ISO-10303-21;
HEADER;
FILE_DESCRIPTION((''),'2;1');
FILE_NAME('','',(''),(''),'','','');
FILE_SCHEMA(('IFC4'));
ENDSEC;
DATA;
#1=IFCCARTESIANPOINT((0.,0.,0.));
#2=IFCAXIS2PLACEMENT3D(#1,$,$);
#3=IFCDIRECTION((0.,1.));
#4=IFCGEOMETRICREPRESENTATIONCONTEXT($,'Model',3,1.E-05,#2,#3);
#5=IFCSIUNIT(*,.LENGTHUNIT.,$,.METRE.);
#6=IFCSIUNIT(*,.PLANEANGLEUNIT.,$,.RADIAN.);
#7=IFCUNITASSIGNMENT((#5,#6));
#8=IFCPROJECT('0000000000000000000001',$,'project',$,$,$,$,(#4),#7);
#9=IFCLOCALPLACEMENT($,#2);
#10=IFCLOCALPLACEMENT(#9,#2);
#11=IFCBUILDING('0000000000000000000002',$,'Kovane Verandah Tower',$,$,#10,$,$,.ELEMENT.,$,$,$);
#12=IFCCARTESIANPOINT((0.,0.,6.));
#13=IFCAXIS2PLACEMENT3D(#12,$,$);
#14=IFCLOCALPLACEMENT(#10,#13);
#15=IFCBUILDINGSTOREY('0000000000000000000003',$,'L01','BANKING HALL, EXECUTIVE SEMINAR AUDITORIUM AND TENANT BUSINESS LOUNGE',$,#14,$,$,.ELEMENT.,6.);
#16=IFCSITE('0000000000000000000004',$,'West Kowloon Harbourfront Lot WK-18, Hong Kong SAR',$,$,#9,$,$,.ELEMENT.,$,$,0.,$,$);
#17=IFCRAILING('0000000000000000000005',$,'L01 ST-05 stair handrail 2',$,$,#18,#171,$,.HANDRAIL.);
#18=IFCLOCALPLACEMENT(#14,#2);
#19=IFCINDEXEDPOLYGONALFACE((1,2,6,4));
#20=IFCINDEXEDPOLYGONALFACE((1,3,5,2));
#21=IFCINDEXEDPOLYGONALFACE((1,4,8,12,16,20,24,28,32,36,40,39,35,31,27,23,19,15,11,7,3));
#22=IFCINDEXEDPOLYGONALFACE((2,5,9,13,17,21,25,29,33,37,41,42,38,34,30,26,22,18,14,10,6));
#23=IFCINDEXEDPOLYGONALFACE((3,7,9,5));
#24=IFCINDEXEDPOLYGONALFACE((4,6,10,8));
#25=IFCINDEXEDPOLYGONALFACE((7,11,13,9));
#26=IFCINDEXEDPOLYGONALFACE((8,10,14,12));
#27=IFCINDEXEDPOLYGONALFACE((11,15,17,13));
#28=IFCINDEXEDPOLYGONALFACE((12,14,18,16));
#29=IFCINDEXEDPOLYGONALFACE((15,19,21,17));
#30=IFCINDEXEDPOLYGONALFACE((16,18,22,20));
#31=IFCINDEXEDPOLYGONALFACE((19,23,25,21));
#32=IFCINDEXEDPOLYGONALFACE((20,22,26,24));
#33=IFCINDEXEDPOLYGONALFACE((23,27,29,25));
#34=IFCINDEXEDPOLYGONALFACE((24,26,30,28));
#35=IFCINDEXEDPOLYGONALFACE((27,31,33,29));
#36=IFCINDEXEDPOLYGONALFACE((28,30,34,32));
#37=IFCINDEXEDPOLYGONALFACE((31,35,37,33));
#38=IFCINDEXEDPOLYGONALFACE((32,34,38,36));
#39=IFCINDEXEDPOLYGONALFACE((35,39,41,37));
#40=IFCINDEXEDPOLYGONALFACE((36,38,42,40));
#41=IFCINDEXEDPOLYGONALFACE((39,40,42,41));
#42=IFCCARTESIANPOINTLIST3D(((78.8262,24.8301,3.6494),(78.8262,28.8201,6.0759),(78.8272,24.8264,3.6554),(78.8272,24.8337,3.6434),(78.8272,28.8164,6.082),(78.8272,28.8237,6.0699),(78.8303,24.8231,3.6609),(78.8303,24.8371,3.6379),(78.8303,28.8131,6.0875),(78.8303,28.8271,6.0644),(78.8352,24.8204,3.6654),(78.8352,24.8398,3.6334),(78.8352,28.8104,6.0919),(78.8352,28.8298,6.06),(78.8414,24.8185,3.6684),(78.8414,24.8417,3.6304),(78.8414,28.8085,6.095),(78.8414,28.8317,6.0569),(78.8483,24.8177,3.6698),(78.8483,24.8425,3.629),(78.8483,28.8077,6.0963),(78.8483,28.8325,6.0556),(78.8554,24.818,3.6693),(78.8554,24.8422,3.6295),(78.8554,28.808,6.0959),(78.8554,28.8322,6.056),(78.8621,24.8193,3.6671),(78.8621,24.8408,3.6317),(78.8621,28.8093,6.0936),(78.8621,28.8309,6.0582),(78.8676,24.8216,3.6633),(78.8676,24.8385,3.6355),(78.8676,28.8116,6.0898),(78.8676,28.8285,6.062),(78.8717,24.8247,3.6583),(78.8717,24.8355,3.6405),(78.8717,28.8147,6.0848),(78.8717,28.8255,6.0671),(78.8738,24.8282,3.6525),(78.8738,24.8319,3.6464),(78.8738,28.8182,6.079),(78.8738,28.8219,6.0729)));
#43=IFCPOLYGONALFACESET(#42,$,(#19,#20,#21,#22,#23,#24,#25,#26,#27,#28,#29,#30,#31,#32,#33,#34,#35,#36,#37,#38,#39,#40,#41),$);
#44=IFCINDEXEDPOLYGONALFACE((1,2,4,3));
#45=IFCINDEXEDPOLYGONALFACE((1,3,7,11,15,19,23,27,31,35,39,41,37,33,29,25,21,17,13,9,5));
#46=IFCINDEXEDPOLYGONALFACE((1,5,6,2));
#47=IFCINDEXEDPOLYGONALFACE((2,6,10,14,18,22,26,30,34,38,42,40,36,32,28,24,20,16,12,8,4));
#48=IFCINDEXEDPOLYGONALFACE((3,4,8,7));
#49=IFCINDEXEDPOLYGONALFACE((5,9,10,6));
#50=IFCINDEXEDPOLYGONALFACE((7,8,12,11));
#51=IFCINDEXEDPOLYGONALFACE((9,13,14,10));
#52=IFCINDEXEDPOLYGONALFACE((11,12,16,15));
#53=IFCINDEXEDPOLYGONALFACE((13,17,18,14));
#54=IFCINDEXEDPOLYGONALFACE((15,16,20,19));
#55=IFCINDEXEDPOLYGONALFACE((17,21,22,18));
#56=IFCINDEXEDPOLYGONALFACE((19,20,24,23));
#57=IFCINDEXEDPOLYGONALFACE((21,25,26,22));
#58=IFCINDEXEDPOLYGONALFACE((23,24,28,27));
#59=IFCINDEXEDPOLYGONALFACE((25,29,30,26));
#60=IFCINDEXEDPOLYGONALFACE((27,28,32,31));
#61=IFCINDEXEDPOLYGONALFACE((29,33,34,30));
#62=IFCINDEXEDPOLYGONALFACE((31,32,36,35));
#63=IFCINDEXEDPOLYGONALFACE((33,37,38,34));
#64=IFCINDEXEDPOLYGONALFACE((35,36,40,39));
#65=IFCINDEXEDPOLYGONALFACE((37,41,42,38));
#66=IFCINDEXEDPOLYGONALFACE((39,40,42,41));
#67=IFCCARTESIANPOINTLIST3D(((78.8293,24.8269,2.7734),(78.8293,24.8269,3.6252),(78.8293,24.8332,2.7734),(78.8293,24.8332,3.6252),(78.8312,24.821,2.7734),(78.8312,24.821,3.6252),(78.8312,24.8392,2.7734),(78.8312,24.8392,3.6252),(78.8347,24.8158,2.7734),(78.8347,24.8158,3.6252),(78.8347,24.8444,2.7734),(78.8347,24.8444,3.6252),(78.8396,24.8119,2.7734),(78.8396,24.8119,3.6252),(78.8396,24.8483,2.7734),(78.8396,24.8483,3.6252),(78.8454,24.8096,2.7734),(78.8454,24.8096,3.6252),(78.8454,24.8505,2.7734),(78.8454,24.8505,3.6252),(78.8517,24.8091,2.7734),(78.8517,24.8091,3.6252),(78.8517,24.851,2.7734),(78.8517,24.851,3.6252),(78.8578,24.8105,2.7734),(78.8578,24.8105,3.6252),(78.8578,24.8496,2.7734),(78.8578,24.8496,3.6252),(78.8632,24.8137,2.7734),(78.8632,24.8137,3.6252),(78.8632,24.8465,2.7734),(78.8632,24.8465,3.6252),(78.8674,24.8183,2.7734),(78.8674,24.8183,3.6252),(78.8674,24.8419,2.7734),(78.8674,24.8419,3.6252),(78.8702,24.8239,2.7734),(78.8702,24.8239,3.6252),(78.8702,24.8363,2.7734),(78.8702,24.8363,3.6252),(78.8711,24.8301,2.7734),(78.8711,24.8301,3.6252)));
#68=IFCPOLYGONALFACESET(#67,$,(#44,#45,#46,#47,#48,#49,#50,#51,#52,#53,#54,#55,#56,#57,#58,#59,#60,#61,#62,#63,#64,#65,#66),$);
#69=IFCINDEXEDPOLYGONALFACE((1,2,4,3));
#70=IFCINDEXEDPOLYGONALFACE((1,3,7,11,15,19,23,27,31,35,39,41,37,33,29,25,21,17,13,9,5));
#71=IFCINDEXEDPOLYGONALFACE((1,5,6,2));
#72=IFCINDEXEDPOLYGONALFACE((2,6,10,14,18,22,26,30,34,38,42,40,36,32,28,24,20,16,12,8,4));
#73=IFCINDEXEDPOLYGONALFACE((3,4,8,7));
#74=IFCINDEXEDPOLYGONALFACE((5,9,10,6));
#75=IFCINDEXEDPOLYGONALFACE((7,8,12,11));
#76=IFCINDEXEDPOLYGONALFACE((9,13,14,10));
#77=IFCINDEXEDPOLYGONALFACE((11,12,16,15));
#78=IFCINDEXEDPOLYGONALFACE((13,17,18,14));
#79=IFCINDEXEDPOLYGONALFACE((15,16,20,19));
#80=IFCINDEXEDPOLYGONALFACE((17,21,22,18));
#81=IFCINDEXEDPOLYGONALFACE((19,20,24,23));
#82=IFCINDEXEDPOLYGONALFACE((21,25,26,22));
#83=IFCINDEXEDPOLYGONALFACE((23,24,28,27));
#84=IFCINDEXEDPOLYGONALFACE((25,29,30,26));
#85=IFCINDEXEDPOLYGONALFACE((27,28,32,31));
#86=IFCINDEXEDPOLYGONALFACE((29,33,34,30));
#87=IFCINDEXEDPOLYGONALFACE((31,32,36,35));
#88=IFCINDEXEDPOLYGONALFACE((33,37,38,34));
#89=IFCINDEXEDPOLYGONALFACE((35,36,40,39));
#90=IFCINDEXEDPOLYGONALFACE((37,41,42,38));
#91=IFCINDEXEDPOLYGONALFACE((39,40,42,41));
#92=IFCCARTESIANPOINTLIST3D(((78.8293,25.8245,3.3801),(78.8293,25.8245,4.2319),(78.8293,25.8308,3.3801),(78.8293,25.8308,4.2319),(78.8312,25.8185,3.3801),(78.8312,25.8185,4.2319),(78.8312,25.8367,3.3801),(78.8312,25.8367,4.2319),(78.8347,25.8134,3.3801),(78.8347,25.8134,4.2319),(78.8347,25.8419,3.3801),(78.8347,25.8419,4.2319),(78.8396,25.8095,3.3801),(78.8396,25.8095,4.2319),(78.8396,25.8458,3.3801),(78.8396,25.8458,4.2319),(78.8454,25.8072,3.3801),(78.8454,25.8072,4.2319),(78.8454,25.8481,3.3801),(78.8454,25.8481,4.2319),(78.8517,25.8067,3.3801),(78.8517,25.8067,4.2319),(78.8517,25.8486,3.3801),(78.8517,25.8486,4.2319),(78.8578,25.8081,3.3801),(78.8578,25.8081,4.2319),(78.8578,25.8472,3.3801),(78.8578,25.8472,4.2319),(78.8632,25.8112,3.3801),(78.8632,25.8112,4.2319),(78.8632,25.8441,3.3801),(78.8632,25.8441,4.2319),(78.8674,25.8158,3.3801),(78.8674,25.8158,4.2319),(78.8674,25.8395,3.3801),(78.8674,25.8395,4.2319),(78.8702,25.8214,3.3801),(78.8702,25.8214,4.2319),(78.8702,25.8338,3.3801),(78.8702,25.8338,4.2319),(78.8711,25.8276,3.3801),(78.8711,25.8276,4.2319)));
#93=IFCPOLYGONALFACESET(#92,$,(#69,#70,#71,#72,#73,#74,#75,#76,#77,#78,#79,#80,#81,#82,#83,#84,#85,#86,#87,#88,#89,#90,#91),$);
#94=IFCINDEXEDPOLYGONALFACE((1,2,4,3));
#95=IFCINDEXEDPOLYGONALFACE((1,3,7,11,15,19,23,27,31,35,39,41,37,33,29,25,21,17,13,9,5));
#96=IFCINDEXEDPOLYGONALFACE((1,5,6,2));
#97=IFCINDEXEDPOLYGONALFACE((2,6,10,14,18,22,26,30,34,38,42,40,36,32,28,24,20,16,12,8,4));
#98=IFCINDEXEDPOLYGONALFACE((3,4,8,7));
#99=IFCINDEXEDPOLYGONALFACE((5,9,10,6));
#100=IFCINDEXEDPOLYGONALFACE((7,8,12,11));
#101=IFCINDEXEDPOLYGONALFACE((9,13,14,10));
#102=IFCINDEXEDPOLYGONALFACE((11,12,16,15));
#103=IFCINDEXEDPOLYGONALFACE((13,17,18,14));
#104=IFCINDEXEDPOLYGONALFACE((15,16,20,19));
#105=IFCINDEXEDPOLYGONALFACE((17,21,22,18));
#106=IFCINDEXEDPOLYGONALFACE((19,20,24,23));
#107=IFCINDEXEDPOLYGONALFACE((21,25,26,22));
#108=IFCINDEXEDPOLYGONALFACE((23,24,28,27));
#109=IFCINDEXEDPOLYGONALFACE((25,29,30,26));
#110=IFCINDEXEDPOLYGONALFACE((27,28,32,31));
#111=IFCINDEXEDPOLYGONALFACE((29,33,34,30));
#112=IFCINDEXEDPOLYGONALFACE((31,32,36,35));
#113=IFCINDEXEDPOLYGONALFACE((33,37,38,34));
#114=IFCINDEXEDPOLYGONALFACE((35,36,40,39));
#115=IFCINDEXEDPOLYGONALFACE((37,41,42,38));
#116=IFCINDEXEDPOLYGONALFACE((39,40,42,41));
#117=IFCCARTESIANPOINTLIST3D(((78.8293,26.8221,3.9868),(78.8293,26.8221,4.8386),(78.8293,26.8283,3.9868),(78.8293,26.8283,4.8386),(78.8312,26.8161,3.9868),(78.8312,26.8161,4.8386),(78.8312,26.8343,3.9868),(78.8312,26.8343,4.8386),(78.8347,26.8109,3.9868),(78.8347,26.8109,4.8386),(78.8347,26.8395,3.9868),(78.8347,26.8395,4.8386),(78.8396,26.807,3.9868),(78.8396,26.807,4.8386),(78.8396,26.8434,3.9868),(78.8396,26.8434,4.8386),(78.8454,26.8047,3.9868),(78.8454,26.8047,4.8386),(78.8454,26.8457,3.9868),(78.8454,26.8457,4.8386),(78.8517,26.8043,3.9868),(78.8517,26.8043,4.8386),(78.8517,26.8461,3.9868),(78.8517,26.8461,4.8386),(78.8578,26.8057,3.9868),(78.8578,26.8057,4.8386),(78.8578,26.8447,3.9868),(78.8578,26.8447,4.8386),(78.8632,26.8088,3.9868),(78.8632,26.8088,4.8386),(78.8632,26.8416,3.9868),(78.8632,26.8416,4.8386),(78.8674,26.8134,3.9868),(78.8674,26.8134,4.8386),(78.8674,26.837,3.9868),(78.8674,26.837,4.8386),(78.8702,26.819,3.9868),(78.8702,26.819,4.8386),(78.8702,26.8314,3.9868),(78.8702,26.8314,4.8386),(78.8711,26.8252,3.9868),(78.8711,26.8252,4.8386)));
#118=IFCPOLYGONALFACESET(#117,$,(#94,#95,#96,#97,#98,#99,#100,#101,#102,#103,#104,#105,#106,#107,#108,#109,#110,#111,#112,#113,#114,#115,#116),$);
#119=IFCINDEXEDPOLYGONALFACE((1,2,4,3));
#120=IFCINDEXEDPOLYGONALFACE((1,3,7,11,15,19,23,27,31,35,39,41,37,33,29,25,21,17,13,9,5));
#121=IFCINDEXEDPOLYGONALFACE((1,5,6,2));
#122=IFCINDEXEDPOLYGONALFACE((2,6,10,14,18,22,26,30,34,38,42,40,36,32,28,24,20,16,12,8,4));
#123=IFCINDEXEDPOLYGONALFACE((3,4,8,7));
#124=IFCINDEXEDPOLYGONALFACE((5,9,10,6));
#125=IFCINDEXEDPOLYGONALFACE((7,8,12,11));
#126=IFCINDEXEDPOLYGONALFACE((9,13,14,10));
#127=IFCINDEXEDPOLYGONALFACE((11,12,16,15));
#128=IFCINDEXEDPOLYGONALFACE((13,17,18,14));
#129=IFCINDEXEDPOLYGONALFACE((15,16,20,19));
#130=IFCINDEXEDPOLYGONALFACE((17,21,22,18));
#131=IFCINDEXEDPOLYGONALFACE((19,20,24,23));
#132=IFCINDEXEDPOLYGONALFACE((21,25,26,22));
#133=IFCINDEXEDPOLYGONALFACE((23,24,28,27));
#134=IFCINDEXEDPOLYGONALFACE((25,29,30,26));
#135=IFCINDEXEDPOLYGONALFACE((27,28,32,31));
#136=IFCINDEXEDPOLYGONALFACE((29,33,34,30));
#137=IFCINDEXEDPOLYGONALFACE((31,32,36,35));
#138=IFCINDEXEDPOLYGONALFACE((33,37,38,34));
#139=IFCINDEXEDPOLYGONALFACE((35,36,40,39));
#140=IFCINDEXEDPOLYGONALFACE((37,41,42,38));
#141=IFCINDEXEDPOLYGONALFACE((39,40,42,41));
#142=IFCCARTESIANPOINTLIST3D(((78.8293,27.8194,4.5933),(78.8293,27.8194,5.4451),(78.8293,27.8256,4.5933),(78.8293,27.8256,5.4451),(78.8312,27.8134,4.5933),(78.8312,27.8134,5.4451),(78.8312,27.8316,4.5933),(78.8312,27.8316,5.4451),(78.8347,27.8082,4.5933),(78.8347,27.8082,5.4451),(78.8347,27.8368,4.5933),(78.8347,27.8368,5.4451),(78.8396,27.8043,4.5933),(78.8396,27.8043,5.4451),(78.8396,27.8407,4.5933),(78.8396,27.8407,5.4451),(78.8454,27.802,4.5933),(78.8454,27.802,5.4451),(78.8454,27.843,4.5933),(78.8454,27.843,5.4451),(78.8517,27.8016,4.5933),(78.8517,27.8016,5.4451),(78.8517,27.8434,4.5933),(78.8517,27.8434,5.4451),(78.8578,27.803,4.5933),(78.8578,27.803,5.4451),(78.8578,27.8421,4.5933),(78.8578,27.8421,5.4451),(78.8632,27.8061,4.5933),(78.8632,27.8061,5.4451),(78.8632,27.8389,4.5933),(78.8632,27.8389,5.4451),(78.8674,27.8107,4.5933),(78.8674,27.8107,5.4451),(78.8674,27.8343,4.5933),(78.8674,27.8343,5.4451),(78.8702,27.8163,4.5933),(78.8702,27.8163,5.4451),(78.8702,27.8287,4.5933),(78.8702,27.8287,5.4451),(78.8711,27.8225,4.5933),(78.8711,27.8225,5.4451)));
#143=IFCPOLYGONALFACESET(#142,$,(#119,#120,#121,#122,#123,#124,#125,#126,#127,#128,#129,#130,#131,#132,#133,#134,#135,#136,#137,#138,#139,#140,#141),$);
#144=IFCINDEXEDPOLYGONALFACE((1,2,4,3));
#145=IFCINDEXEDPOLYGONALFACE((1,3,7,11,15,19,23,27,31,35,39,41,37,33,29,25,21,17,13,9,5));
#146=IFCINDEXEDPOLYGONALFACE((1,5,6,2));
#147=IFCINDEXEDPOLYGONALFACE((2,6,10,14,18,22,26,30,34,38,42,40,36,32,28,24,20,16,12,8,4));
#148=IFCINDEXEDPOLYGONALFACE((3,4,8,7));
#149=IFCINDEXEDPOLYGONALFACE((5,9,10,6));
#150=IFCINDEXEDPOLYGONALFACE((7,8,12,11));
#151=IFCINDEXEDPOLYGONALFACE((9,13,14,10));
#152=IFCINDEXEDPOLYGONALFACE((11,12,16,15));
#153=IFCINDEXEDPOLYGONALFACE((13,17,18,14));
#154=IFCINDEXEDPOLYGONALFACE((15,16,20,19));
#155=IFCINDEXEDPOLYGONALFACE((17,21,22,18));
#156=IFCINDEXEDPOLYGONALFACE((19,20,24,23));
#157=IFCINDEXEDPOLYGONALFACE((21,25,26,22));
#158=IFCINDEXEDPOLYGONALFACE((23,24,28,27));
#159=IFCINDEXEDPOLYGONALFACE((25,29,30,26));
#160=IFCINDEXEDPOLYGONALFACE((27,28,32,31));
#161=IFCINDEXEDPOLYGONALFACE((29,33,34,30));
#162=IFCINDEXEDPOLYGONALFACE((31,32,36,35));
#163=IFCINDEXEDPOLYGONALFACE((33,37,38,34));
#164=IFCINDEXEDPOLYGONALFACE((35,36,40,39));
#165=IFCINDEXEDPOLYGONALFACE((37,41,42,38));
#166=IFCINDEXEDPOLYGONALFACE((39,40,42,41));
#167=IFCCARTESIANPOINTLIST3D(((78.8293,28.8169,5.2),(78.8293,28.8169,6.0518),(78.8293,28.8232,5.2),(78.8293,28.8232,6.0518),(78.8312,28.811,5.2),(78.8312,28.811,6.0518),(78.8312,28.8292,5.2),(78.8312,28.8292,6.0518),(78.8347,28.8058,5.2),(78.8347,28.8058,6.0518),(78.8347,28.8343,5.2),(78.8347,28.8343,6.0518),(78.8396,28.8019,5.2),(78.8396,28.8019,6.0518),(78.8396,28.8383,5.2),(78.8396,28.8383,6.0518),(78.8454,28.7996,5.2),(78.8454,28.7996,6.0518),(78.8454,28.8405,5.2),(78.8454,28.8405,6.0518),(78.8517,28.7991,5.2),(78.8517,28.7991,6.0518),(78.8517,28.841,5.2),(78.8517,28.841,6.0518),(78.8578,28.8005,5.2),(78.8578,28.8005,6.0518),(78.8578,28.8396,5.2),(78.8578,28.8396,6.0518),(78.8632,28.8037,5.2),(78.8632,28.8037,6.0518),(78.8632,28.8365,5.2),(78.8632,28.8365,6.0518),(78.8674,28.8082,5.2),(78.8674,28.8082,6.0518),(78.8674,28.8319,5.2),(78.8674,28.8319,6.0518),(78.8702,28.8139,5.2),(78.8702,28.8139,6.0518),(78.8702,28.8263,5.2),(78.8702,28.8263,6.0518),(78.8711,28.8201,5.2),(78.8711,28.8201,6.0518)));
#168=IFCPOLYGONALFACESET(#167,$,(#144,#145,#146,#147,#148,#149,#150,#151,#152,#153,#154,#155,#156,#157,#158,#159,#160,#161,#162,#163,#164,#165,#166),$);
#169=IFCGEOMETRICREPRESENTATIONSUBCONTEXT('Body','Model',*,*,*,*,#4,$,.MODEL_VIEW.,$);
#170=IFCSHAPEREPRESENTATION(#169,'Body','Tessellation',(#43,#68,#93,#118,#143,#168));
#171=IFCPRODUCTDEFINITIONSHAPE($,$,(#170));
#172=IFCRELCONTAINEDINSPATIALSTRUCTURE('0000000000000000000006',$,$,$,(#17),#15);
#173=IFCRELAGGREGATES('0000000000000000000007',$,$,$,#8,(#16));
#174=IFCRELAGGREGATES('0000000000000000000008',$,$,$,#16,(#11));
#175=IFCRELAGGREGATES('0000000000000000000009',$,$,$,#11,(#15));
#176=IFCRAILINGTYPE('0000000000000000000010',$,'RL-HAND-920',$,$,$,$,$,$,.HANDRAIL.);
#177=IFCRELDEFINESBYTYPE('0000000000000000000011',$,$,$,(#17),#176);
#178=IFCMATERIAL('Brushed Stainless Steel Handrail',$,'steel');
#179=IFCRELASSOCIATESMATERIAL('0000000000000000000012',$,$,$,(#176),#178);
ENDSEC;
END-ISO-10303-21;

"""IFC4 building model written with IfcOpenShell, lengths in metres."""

from ifc_helpers import new_model, si_unit, direction, frame, origin, origin_2d, place, context, subcontext, project, spatial, circle, extrude, material, type_object, element, save


model = new_model("IFC4")

# Units and contexts
model_context = context("Model", 3, precision=1e-05, world=origin(), true_north=direction((0.0, 1.0)))
body_context = subcontext(model_context, "Body", "Model", "MODEL_VIEW")
ifc_project = project(units=[si_unit("LENGTHUNIT", "METRE"), si_unit("PLANEANGLEUNIT", "RADIAN")], contexts=[model_context])

# Site, building, storey
site_placement = place(None, origin())
site = spatial("IfcSite", under=ifc_project, at=site_placement, Name="West Kowloon Harbourfront Lot WK-18, Hong Kong SAR", CompositionType="ELEMENT", RefElevation=0.0)
building_placement = place(site_placement, origin())
building = spatial("IfcBuilding", under=site, at=building_placement, Name="Kovane Verandah Tower", CompositionType="ELEMENT")
storey_placement = place(building_placement, frame((0.0, 0.0, 6.0)))
storey = spatial("IfcBuildingStorey", under=building, at=storey_placement, Name="L01", Description="BANKING HALL, EXECUTIVE SEMINAR AUDITORIUM AND TENANT BUSINESS LOUNGE", CompositionType="ELEMENT", Elevation=6.0)

# Railing
ifc_material_1 = material(Name="Brushed Stainless Steel Handrail", Category="steel")
railing_type_1 = type_object("IfcRailingType", Name="RL-HAND-920", PredefinedType="HANDRAIL", material=ifc_material_1)
railing_1_placement = place(storey_placement, frame((78.8501, 24.8301, 2.7734)))
element("IfcRailing", 1, at=railing_1_placement, inside=storey, type_object=railing_type_1, Name="L01 ST-05 stair handrail 2", PredefinedType="HANDRAIL", context=body_context, shape_type="SweptSolid", body=[
    extrude(circle(Radius=0.0239, at=origin_2d()), frame((0.0, 0.0, 0.876), z_axis=(0.0, 0.854405, 0.519607), x_axis=(-1.0, 0.0, 0.0)), (0.0, 0.0, 1.0), 4.6699),
    extrude(circle(Radius=0.021, at=origin_2d()), origin(), (0.0, 0.0, 1.0), 0.8518),
    extrude(circle(Radius=0.021, at=origin_2d()), frame((0.0, 0.9976, 0.6067)), (0.0, 0.0, 1.0), 0.8518),
    extrude(circle(Radius=0.021, at=origin_2d()), frame((0.0, 1.9951, 1.2134)), (0.0, 0.0, 1.0), 0.8518),
    extrude(circle(Radius=0.021, at=origin_2d()), frame((0.0, 2.9924, 1.8198)), (0.0, 0.0, 1.0), 0.8518),
    extrude(circle(Radius=0.021, at=origin_2d()), frame((0.0, 3.99, 2.4265)), (0.0, 0.0, 1.0), 0.8518),
])

save(model, "model.ifc")
